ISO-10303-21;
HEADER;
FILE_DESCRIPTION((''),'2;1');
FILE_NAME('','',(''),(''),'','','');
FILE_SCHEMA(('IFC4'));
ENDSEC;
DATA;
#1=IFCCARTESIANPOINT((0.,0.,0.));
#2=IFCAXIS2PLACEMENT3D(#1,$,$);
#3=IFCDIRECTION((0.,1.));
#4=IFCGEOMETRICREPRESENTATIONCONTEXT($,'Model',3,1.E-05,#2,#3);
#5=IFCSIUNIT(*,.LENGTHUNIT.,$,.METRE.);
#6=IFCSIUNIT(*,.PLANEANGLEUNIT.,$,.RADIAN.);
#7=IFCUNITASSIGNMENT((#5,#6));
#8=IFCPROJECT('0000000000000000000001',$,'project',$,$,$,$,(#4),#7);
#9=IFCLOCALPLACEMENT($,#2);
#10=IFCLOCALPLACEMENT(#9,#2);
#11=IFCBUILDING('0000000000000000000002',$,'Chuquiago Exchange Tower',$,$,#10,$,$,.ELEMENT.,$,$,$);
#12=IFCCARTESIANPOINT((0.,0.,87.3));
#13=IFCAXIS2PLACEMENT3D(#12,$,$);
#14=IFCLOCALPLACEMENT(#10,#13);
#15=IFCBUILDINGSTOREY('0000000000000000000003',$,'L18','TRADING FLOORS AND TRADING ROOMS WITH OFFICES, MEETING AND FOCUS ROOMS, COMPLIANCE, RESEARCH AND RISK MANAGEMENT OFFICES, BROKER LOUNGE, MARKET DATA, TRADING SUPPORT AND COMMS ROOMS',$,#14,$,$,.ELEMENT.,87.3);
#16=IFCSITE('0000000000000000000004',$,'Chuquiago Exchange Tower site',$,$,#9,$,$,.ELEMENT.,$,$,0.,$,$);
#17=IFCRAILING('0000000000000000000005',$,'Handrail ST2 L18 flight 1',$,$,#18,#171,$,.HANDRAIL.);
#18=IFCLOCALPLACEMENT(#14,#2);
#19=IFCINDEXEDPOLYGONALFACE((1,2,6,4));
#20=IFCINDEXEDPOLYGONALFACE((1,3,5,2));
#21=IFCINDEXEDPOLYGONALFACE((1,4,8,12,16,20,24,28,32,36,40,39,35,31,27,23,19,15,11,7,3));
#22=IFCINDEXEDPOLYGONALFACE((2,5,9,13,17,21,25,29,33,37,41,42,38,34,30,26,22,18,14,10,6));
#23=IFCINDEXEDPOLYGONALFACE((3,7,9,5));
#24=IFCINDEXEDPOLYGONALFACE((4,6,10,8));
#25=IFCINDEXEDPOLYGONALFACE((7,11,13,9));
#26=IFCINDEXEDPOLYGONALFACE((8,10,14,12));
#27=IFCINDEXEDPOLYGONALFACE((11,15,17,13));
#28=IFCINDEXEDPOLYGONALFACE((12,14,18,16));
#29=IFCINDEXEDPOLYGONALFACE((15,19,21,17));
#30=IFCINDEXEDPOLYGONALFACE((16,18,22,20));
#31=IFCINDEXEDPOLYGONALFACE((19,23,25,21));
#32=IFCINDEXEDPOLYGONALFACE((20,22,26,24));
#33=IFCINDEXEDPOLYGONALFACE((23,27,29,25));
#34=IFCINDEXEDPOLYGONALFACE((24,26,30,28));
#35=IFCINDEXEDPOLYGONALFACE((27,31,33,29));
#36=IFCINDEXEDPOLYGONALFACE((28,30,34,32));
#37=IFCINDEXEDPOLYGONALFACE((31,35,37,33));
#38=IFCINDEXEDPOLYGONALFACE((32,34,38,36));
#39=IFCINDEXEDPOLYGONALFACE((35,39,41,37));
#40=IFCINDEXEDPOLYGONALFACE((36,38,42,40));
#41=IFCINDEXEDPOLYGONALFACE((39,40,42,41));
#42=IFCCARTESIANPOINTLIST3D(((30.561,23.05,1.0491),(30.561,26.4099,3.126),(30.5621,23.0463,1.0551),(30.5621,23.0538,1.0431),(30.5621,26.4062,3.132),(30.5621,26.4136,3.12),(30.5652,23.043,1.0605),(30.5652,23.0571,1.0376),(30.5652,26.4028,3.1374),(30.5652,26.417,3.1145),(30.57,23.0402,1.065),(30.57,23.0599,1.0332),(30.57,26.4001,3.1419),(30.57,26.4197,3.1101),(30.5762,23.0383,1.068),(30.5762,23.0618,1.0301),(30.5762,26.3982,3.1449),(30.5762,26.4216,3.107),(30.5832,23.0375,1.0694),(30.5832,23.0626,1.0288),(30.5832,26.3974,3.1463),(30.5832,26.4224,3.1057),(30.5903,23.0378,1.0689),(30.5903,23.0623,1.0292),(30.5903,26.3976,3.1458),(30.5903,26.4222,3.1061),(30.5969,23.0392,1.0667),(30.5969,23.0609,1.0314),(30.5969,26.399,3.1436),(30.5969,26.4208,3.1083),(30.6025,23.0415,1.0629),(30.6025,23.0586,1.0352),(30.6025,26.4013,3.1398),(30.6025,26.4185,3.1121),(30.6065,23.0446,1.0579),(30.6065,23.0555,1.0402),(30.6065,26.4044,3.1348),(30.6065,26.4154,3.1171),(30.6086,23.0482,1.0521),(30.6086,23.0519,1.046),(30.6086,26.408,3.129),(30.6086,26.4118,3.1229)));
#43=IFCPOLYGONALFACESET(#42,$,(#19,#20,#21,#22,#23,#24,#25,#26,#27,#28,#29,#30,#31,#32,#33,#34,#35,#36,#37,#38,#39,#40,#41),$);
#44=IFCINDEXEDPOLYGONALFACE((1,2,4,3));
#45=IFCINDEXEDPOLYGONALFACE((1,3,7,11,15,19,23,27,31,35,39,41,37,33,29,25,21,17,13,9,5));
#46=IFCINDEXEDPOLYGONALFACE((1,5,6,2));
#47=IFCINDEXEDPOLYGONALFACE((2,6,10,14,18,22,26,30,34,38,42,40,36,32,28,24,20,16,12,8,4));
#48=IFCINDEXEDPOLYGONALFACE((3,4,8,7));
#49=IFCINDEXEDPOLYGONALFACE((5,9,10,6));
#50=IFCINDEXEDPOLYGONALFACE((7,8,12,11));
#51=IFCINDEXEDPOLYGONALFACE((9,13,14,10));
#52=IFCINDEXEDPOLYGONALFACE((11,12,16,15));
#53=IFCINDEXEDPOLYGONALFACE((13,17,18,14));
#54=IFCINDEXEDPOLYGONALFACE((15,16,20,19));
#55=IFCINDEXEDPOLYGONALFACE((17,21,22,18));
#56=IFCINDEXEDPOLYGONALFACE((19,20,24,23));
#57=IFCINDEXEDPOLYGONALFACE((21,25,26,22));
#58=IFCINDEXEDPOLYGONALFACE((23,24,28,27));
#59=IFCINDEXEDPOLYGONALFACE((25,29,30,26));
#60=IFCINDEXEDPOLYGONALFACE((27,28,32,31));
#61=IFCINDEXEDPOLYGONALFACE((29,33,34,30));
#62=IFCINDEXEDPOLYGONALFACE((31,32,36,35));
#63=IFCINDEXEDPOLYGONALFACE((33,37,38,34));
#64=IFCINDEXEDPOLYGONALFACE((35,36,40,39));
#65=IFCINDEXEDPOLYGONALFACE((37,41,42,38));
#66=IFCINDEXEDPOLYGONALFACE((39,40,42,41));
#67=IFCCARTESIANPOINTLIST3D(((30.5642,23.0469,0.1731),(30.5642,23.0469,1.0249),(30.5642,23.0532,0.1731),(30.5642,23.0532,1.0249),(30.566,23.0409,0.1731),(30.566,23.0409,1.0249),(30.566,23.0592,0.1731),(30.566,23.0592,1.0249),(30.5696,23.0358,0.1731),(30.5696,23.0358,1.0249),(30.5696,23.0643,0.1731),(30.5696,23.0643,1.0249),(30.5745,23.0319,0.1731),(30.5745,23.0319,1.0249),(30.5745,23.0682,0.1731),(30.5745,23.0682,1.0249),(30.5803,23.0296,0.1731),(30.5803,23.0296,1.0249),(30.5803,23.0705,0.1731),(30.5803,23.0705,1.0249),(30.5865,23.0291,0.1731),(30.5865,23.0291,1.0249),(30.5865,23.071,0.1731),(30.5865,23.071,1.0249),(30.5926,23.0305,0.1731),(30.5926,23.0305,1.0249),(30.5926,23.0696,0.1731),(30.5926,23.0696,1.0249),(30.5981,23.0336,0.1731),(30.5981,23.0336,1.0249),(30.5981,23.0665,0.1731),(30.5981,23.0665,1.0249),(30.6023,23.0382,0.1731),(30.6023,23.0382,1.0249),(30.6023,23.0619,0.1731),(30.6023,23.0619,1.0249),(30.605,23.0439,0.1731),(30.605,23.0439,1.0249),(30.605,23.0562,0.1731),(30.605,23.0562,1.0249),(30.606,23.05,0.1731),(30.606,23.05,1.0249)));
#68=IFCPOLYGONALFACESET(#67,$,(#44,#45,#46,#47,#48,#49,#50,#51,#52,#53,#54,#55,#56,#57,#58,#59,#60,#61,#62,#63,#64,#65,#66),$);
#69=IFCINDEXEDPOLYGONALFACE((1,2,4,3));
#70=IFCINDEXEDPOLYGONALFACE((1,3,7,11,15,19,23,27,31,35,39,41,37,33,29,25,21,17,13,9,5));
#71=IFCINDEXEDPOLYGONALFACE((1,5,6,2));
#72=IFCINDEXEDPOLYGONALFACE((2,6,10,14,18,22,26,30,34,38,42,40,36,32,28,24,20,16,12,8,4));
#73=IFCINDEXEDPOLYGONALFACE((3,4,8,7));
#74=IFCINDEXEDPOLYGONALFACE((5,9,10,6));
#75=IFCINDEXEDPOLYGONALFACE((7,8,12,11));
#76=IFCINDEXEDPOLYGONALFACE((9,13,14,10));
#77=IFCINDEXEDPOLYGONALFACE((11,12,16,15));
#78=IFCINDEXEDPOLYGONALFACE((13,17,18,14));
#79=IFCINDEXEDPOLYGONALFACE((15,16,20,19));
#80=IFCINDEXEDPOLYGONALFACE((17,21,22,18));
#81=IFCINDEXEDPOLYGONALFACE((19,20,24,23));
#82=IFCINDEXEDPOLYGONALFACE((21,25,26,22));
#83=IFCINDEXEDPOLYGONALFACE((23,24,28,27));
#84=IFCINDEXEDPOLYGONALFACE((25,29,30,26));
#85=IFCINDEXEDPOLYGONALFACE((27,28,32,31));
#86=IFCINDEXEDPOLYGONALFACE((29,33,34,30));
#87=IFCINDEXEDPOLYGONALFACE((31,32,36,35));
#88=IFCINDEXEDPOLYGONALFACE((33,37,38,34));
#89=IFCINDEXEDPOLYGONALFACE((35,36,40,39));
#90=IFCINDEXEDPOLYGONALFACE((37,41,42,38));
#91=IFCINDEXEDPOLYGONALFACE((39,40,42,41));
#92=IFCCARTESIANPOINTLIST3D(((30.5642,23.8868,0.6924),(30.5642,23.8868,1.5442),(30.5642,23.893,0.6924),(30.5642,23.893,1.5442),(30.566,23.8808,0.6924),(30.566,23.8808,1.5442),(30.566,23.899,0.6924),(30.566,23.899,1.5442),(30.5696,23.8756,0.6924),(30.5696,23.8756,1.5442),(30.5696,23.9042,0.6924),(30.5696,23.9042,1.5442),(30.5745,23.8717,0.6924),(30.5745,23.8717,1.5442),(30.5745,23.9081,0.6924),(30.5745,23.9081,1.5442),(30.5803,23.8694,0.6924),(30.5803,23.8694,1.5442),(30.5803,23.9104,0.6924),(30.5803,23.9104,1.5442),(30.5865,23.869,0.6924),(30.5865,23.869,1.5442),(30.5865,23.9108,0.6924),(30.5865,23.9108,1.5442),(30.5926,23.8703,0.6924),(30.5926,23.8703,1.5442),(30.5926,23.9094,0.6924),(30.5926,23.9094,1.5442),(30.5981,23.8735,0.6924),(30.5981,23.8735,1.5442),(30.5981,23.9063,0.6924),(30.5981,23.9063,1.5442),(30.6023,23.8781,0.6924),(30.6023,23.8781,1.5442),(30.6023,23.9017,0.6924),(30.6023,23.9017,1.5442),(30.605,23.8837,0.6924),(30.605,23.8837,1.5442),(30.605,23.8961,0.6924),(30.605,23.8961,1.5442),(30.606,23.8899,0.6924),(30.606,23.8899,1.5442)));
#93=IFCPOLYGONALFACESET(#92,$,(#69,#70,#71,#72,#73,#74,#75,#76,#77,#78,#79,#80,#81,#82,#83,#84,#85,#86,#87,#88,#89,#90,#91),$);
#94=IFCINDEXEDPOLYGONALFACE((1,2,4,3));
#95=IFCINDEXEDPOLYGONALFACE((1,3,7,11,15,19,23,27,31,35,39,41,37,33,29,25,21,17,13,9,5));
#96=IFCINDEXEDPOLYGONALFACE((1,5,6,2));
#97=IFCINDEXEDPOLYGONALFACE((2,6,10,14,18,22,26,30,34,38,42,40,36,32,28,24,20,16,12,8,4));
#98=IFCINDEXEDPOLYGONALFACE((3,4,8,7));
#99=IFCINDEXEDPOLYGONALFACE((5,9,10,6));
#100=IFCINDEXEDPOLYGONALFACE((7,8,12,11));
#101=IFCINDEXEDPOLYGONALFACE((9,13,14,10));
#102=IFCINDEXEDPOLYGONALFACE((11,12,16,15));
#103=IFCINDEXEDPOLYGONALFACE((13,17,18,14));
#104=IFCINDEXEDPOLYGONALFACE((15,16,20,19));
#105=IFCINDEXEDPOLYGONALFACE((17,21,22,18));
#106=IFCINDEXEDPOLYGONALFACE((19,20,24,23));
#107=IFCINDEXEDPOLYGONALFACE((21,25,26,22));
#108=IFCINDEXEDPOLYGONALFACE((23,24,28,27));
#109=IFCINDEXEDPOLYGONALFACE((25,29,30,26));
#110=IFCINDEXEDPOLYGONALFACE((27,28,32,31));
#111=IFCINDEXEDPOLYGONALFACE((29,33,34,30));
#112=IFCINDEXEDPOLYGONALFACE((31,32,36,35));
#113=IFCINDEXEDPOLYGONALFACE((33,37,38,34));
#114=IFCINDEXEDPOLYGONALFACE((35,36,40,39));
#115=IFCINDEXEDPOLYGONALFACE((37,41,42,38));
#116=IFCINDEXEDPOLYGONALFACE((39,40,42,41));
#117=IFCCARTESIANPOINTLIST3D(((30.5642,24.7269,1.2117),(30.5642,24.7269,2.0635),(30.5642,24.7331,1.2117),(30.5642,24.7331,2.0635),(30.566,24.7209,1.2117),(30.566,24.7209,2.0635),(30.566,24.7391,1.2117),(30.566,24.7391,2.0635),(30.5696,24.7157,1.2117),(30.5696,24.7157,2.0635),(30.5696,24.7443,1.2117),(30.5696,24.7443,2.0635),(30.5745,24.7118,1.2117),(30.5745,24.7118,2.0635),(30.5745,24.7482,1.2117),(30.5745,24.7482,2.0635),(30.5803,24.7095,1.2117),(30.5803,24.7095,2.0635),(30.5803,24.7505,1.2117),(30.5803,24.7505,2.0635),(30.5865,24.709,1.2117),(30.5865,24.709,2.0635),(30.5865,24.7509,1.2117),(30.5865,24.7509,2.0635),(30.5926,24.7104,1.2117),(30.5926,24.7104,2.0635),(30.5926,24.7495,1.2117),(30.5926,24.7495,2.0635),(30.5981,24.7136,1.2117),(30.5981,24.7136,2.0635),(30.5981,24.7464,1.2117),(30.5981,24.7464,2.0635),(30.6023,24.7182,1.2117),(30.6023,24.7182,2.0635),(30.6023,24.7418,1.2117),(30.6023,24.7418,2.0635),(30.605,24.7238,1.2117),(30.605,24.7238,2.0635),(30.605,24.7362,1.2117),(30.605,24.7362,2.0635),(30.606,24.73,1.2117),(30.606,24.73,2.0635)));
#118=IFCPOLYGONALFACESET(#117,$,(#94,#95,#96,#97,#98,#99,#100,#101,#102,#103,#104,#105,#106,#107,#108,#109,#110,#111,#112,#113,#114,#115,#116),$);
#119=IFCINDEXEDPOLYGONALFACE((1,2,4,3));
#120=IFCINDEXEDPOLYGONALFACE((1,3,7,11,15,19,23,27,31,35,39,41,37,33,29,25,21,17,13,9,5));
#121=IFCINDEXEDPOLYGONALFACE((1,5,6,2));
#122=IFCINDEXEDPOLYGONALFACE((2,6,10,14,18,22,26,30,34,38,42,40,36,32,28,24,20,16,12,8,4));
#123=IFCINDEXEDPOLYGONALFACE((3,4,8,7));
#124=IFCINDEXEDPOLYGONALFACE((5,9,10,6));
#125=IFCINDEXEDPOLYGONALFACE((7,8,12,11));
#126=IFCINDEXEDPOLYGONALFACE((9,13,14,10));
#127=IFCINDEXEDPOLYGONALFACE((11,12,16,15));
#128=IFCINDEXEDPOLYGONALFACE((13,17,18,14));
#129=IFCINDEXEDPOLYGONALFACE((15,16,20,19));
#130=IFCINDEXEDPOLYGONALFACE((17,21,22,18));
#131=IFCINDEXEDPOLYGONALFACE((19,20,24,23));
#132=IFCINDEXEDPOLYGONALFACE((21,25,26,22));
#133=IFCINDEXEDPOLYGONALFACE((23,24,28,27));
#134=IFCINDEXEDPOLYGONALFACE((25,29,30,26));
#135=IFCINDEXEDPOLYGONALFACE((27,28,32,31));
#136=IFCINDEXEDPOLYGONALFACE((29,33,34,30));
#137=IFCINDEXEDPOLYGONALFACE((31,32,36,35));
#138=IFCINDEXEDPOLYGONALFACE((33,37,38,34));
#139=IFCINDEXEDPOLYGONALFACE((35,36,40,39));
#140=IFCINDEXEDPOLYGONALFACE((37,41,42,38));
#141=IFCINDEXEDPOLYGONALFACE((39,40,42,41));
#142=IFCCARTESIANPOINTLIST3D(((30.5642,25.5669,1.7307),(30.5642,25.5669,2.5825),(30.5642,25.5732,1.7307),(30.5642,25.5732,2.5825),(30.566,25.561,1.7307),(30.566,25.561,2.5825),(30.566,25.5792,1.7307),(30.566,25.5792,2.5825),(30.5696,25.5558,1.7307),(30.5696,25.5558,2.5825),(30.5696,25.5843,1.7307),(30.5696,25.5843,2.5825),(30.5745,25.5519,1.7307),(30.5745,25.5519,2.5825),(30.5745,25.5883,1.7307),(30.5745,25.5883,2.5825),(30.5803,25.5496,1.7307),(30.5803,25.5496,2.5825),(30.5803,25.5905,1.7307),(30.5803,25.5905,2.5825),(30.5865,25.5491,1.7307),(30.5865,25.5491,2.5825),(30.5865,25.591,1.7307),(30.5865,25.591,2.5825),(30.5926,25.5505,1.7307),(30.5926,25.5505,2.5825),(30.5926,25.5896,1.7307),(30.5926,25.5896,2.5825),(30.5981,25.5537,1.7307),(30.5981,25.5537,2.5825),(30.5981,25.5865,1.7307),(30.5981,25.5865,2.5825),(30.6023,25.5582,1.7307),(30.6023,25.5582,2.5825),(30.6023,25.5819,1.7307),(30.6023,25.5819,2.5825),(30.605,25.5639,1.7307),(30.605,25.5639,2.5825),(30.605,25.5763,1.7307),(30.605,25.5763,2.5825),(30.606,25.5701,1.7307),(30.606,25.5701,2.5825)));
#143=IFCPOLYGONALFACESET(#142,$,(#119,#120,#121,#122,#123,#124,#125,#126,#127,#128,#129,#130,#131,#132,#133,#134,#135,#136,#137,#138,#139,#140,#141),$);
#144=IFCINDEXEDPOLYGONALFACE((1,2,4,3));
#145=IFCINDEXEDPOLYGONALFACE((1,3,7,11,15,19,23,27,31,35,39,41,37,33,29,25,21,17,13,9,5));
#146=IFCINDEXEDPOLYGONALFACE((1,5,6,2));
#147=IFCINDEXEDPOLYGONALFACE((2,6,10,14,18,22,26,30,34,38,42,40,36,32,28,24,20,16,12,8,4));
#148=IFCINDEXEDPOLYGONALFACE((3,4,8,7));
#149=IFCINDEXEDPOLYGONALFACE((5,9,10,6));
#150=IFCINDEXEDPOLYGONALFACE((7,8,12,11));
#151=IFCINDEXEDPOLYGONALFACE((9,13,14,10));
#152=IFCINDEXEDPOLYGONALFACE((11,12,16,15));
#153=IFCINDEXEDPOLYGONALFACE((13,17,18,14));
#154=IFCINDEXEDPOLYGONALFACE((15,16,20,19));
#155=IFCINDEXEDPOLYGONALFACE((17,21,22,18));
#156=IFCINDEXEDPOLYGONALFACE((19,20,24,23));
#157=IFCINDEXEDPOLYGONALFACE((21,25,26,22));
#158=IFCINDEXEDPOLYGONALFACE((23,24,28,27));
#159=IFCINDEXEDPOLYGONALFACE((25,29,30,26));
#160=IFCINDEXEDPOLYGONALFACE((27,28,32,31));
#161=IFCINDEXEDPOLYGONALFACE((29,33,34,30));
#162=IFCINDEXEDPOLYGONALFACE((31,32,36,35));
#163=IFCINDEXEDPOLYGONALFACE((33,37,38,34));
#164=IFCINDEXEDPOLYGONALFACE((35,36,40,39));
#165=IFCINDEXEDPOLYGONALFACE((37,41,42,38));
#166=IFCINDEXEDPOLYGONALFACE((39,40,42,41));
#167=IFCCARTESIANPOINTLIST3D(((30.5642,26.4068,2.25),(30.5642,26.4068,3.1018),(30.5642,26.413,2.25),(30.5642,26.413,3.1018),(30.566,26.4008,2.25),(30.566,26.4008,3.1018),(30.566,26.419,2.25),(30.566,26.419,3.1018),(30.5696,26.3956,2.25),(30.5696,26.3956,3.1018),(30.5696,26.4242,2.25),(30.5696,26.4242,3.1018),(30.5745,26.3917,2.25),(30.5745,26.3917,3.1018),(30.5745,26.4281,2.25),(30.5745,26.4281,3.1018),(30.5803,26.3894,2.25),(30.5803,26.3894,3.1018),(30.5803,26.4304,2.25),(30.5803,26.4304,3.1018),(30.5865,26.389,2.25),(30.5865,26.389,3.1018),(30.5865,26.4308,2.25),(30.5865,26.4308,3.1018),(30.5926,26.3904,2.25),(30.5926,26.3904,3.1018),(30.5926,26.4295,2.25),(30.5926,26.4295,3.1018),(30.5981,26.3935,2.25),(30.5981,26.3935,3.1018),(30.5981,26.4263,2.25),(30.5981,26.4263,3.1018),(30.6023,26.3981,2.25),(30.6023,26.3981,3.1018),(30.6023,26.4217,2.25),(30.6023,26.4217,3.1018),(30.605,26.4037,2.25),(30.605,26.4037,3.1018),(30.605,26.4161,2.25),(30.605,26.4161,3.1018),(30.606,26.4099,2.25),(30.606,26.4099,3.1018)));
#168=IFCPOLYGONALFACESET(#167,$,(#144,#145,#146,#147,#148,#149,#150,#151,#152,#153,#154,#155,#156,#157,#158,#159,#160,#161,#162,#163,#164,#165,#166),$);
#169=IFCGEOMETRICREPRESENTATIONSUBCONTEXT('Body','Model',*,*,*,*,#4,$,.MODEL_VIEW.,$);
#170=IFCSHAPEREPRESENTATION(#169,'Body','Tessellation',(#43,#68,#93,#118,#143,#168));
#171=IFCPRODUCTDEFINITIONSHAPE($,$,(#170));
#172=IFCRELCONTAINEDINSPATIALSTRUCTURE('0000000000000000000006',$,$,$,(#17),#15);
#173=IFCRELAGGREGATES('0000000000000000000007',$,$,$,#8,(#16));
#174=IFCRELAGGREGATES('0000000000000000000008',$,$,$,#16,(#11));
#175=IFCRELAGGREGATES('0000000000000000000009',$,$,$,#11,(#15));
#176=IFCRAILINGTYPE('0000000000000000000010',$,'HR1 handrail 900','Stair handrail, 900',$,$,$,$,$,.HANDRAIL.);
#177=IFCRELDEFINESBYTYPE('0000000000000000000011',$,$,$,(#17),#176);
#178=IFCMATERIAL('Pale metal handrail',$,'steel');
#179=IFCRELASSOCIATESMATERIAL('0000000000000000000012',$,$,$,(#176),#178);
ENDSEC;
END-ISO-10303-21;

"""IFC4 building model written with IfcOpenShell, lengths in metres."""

from ifc_helpers import new_model, si_unit, direction, frame, origin, origin_2d, place, context, subcontext, project, spatial, circle, extrude, material, type_object, element, save


model = new_model("IFC4")

# Units and contexts
model_context = context("Model", 3, precision=1e-05, world=origin(), true_north=direction((0.0, 1.0)))
body_context = subcontext(model_context, "Body", "Model", "MODEL_VIEW")
ifc_project = project(units=[si_unit("LENGTHUNIT", "METRE"), si_unit("PLANEANGLEUNIT", "RADIAN")], contexts=[model_context])

# Site, building, storey
site_placement = place(None, origin())
site = spatial("IfcSite", under=ifc_project, at=site_placement, Name="Chuquiago Exchange Tower site", CompositionType="ELEMENT", RefElevation=0.0)
building_placement = place(site_placement, origin())
building = spatial("IfcBuilding", under=site, at=building_placement, Name="Chuquiago Exchange Tower", CompositionType="ELEMENT")
storey_placement = place(building_placement, frame((0.0, 0.0, 87.3)))
storey = spatial("IfcBuildingStorey", under=building, at=storey_placement, Name="L18", Description="TRADING FLOORS AND TRADING ROOMS WITH OFFICES, MEETING AND FOCUS ROOMS, COMPLIANCE, RESEARCH AND RISK MANAGEMENT OFFICES, BROKER LOUNGE, MARKET DATA, TRADING SUPPORT AND COMMS ROOMS", CompositionType="ELEMENT", Elevation=87.3)

# Railing
ifc_material_1 = material(Name="Pale metal handrail", Category="steel")
railing_type_1 = type_object("IfcRailingType", Name="HR1 handrail 900", Description="Stair handrail, 900", PredefinedType="HANDRAIL", material=ifc_material_1)
for number, where, name in (
    (1, (30.585, 23.05, 0.1731), "Handrail ST2 L18 flight 1"),
):
    element("IfcRailing", number, at=place(storey_placement, frame(where)), inside=storey, type_object=railing_type_1, Name=name, PredefinedType="HANDRAIL", context=body_context, shape_type="SweptSolid", body=[
        extrude(circle(Radius=0.0239, at=origin_2d()), frame((0.0, 0.0, 0.876), z_axis=(0.0, 0.850606, 0.525803), x_axis=(-1.0, 0.0, 0.0)), (0.0, 0.0, 1.0), 3.95),
        extrude(circle(Radius=0.021, at=origin_2d()), origin(), (0.0, 0.0, 1.0), 0.8518),
        extrude(circle(Radius=0.021, at=origin_2d()), frame((0.0, 0.8398, 0.5193)), (0.0, 0.0, 1.0), 0.8518),
        extrude(circle(Radius=0.021, at=origin_2d()), frame((0.0, 1.6799, 1.0386)), (0.0, 0.0, 1.0), 0.8518),
        extrude(circle(Radius=0.021, at=origin_2d()), frame((0.0, 2.52, 1.5576)), (0.0, 0.0, 1.0), 0.8518),
        extrude(circle(Radius=0.021, at=origin_2d()), frame((0.0, 3.3599, 2.0769)), (0.0, 0.0, 1.0), 0.8518),
    ])

save(model, "model.ifc")
